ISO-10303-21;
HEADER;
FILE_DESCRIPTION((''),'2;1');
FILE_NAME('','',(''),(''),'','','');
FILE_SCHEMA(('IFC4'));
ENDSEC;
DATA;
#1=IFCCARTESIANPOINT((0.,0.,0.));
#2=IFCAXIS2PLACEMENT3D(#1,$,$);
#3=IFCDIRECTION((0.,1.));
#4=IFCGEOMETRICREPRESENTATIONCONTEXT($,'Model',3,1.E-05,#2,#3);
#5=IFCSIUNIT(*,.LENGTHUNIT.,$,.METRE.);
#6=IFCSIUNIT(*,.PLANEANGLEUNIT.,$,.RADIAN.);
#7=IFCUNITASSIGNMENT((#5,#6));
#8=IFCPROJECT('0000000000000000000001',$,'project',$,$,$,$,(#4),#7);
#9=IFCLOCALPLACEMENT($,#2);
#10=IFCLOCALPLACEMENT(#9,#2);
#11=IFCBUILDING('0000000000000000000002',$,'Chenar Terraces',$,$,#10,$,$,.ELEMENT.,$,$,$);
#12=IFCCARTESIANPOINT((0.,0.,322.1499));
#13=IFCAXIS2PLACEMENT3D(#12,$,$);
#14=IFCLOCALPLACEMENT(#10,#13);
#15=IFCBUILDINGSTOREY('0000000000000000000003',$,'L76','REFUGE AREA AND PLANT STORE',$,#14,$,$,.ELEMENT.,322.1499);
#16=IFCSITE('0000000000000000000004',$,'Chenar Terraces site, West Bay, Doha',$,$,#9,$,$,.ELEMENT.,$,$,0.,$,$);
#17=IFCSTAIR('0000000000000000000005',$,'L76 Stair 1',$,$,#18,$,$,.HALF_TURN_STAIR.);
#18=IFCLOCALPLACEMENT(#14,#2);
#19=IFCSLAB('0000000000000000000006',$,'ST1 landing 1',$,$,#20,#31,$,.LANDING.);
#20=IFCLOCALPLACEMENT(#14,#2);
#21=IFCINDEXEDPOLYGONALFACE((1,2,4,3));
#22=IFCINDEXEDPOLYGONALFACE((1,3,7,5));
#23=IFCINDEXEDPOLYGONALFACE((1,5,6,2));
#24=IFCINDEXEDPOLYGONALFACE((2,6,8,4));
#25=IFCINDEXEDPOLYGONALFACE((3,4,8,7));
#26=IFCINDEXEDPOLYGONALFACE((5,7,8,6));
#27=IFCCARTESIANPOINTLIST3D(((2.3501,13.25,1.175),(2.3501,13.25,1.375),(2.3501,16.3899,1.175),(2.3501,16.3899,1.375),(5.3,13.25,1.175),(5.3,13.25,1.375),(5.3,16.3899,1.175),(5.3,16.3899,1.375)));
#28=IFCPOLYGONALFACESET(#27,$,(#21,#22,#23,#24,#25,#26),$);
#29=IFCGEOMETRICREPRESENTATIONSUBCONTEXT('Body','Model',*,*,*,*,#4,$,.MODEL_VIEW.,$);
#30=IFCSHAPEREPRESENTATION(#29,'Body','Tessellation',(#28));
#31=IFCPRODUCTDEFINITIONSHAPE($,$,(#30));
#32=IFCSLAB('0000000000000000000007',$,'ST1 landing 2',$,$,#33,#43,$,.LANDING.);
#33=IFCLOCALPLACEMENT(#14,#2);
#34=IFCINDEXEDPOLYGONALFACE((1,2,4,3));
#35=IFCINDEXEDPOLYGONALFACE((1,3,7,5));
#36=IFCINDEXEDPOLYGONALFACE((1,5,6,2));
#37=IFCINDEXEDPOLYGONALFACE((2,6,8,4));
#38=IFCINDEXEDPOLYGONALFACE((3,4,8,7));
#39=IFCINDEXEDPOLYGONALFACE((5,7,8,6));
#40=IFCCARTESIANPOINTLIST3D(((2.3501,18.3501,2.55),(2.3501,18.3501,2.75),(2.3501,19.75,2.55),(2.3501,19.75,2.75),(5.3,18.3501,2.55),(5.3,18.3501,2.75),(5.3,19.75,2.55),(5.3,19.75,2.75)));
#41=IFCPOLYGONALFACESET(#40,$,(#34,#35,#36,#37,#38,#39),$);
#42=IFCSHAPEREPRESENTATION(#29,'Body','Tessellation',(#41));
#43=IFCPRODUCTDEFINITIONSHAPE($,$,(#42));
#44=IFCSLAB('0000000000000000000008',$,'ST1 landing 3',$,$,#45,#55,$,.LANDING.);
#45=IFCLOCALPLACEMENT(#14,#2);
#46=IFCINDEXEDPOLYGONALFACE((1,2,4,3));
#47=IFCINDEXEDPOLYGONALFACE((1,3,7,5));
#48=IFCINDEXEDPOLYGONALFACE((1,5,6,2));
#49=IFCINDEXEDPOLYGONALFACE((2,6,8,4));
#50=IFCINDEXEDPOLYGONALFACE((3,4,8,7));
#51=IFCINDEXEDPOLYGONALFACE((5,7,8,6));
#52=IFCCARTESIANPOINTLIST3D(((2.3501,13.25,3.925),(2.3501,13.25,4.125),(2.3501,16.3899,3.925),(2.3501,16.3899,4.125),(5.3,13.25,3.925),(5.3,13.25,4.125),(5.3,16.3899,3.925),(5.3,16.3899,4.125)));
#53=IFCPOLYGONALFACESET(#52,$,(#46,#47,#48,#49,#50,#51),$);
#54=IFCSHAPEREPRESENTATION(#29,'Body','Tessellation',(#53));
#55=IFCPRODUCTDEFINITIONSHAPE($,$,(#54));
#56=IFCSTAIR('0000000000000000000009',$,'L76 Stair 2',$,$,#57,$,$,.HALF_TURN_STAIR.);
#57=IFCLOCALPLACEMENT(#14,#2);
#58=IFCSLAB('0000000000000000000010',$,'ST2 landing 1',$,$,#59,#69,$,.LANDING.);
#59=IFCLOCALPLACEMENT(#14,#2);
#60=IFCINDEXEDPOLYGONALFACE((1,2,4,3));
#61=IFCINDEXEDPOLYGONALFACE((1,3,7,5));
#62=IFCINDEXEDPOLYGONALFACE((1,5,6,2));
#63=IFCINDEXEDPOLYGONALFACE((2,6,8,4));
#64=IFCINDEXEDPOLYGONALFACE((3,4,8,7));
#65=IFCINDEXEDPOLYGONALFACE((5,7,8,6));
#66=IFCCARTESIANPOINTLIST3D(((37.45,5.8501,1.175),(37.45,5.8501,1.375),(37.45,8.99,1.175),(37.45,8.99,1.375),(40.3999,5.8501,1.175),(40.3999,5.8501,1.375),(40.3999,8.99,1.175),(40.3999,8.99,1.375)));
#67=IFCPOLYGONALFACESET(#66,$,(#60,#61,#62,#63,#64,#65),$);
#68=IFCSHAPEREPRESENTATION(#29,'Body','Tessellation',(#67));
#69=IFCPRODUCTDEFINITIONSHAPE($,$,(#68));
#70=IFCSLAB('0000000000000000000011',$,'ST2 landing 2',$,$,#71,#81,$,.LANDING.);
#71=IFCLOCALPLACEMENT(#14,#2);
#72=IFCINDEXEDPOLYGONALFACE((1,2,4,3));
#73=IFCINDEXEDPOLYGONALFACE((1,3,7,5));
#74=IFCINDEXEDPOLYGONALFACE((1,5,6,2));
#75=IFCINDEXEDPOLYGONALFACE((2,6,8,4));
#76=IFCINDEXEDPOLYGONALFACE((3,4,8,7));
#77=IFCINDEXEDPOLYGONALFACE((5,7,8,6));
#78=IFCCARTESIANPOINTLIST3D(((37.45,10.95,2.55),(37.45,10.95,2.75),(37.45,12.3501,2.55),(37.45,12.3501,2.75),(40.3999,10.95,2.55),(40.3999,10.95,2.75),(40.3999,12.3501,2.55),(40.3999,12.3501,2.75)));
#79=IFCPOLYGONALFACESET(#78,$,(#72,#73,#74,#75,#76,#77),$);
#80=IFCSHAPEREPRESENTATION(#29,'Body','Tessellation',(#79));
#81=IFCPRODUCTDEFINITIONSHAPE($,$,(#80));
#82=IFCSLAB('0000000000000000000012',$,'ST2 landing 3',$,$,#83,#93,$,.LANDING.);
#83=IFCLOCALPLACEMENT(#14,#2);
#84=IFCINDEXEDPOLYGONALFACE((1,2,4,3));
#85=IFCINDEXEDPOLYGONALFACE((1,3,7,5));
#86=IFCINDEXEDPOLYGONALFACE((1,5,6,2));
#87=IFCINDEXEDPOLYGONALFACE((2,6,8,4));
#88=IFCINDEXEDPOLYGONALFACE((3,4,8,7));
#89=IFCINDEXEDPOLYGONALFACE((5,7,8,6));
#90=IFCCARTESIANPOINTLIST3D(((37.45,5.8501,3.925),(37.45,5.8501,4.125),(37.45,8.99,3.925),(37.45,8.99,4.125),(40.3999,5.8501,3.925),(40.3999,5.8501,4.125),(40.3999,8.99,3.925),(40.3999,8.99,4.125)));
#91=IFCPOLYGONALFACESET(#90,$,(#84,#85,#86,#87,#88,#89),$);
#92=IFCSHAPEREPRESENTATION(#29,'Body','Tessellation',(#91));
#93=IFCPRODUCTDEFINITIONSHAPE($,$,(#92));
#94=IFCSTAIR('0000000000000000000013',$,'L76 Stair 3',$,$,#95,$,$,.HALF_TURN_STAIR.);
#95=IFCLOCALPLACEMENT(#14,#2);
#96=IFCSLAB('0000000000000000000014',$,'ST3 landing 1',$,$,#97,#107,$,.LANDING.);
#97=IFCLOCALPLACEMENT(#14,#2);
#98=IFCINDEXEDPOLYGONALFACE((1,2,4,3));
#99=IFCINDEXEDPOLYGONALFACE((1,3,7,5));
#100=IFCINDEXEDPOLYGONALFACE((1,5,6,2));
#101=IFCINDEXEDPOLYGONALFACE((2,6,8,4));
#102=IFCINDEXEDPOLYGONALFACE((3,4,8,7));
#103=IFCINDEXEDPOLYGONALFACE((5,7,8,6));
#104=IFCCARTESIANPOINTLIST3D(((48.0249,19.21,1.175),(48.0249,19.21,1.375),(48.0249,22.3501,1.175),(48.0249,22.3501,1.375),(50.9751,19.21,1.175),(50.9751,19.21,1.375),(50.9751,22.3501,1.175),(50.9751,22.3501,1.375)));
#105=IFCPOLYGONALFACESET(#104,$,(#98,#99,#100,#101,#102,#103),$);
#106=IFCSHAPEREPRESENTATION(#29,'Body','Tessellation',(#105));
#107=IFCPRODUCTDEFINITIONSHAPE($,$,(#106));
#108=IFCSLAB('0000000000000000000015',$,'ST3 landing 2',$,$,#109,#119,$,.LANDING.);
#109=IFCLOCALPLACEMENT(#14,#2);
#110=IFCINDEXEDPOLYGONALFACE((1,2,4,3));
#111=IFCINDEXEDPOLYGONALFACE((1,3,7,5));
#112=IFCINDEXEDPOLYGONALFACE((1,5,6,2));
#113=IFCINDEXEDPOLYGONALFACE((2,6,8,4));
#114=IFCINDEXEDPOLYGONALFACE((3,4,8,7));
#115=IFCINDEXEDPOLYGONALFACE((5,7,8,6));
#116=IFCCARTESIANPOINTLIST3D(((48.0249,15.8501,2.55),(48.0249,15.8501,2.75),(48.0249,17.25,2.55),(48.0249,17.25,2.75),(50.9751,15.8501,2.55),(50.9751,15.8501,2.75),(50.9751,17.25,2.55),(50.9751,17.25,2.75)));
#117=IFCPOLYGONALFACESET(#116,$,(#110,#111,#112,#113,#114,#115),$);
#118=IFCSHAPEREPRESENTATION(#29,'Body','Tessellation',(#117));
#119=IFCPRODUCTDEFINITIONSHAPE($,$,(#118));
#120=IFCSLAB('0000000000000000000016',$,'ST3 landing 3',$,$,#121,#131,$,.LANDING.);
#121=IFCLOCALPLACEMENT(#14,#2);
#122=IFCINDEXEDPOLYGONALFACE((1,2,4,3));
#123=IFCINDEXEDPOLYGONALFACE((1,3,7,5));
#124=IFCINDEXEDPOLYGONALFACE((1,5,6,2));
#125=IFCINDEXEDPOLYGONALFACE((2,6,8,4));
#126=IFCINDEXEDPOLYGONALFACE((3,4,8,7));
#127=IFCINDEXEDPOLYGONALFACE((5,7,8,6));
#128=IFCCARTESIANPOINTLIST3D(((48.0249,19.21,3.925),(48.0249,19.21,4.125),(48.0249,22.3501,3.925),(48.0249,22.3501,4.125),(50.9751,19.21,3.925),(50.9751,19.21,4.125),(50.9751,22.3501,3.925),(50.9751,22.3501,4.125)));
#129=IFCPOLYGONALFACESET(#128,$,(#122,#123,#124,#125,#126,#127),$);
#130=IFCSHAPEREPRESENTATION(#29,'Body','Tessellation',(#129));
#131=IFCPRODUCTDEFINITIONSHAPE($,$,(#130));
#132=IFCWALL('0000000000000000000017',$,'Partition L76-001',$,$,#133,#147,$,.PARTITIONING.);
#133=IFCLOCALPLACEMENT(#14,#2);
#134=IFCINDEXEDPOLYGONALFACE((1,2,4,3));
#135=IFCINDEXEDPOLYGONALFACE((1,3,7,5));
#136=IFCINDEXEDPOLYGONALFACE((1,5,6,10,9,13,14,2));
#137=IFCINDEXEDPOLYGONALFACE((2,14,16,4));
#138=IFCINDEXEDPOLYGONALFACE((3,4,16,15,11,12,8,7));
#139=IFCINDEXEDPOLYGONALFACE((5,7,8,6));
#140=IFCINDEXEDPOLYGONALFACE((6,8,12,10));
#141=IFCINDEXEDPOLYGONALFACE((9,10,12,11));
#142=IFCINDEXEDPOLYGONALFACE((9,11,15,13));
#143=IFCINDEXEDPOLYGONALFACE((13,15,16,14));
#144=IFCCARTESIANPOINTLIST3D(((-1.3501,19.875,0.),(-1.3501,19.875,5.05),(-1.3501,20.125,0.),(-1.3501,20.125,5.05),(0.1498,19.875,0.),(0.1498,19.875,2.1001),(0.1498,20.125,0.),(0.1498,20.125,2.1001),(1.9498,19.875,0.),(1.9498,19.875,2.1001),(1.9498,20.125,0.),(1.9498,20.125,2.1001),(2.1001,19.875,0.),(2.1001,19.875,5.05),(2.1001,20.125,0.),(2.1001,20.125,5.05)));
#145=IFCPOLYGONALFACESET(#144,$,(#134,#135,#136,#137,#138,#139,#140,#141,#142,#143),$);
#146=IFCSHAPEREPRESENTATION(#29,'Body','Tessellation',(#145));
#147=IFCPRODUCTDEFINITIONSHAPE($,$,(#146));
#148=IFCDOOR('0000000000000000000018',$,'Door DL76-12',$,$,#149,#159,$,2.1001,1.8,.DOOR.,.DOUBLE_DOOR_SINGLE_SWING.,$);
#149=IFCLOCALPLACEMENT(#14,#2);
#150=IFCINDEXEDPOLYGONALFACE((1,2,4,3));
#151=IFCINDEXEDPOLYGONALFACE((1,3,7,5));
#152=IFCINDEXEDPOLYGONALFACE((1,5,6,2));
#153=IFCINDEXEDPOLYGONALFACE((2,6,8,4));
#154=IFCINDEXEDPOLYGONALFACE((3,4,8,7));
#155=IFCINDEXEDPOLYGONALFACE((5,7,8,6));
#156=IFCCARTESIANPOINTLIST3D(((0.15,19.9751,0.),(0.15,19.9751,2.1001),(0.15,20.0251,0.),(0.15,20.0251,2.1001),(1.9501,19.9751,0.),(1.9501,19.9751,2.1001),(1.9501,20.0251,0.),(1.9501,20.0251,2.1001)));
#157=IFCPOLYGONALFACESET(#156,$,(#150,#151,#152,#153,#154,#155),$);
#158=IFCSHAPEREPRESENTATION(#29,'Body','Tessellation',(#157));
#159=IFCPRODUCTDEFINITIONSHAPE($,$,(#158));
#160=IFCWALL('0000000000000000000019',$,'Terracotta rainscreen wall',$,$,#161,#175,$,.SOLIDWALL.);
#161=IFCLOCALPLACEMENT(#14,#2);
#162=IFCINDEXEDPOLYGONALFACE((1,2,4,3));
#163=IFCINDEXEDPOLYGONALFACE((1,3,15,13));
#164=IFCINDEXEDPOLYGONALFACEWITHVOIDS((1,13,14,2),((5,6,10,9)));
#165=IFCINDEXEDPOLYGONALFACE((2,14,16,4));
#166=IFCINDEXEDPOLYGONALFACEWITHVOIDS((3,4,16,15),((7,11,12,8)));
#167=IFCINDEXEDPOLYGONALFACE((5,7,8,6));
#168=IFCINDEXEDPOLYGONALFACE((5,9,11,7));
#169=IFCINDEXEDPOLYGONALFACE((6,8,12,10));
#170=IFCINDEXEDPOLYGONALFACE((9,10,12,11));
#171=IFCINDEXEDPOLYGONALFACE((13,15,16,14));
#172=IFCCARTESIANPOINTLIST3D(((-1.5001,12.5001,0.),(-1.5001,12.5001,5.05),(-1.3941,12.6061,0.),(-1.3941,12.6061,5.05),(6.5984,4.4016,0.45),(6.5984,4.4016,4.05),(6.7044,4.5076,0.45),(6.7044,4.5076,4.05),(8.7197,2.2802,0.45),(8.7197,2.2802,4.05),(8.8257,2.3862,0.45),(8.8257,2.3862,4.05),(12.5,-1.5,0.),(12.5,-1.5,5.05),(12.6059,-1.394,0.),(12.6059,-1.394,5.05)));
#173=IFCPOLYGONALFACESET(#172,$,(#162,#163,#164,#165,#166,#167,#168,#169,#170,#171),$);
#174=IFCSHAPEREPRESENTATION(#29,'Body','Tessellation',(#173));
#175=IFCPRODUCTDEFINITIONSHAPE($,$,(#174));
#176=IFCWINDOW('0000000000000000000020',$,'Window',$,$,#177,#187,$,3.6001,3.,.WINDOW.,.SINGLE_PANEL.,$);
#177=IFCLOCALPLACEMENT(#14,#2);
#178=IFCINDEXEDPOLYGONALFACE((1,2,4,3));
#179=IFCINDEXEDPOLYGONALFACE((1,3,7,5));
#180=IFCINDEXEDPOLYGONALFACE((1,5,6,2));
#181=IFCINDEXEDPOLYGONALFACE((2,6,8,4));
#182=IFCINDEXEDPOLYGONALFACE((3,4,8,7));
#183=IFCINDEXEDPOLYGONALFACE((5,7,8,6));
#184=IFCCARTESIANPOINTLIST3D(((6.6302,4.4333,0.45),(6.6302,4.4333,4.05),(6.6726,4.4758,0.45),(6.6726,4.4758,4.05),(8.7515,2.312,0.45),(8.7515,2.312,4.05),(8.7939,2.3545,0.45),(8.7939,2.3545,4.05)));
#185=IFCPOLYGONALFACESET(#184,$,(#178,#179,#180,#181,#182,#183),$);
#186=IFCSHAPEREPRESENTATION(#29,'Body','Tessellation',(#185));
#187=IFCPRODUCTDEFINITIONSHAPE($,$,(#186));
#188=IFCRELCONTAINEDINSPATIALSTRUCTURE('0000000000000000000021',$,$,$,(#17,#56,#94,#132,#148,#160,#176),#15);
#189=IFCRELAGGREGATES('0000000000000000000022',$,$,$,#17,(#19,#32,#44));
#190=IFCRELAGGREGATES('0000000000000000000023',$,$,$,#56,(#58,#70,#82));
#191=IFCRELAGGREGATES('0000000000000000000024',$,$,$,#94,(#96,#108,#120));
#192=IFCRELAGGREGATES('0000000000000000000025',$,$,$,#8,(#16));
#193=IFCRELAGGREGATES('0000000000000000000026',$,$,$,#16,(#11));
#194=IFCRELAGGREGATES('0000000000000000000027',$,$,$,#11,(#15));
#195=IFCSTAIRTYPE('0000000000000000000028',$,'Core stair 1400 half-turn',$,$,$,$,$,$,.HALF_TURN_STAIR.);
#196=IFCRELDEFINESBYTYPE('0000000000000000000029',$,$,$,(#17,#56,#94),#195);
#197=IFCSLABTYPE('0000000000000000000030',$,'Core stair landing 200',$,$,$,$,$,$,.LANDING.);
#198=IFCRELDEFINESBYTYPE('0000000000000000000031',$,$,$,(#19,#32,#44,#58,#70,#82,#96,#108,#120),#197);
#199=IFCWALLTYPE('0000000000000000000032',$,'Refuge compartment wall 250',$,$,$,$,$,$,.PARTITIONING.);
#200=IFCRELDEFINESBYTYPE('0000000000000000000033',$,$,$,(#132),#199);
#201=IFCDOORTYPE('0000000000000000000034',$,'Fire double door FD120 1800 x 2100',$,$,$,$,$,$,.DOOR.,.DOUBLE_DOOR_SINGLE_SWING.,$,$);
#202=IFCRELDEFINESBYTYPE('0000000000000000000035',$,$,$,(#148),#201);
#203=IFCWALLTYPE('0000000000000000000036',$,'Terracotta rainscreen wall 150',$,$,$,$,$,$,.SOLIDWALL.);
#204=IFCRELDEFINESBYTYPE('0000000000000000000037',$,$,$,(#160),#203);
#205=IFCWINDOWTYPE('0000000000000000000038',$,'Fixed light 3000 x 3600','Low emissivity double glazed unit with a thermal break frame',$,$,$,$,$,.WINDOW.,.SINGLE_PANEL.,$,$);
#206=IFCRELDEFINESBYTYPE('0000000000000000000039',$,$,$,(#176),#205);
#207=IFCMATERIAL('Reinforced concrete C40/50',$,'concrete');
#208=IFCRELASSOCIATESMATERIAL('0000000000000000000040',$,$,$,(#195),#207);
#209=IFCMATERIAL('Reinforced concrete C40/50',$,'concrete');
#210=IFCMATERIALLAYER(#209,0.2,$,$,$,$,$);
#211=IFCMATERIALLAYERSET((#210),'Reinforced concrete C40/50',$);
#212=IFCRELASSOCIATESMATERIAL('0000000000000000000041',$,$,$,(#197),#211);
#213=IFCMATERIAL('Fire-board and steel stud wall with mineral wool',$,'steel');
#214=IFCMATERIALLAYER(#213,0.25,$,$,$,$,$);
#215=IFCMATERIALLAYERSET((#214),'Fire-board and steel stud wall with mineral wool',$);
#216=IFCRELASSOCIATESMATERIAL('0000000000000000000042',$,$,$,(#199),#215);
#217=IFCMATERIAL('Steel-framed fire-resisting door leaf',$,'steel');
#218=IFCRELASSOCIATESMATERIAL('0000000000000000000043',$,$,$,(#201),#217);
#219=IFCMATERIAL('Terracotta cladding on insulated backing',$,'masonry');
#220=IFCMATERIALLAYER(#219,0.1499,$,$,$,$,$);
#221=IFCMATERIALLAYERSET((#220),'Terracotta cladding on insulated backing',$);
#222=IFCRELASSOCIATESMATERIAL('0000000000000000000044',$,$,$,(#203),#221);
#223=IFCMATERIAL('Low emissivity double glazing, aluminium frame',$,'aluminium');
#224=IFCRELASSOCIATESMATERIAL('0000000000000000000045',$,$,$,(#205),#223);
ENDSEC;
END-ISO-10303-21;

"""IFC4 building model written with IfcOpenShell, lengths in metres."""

from ifc_helpers import new_model, si_unit, direction, frame, frame_2d, origin, place, context, subcontext, project, spatial, polyline, rectangle, outline, extrude, material, layer, layer_set, type_object, element, fill, aggregate, save


model = new_model("IFC4")

# Units and contexts
model_context = context("Model", 3, precision=1e-05, world=origin(), true_north=direction((0.0, 1.0)))
body_context = subcontext(model_context, "Body", "Model", "MODEL_VIEW")
ifc_project = project(units=[si_unit("LENGTHUNIT", "METRE"), si_unit("PLANEANGLEUNIT", "RADIAN")], contexts=[model_context])

# Site, building, storey
site_placement = place(None, origin())
site = spatial("IfcSite", under=ifc_project, at=site_placement, Name="Chenar Terraces site, West Bay, Doha", CompositionType="ELEMENT", RefElevation=0.0)
building_placement = place(site_placement, origin())
building = spatial("IfcBuilding", under=site, at=building_placement, Name="Chenar Terraces", CompositionType="ELEMENT")
storey_placement = place(building_placement, frame((0.0, 0.0, 322.1499)))
storey = spatial("IfcBuildingStorey", under=building, at=storey_placement, Name="L76", Description="REFUGE AREA AND PLANT STORE", CompositionType="ELEMENT", Elevation=322.1499)

# Stairs, slabs
ifc_material_1 = material(Name="Reinforced concrete C40/50", Category="concrete")
stair_type = type_object("IfcStairType", Name="Core stair 1400 half-turn", PredefinedType="HALF_TURN_STAIR", material=ifc_material_1)
placement_1 = place(storey_placement, origin())
stair_1 = element("IfcStair", 1, at=placement_1, inside=storey, type_object=stair_type, Name="L76 Stair 1", PredefinedType="HALF_TURN_STAIR")
ifc_material_2 = material(Name="Reinforced concrete C40/50", Category="concrete")
ifc_layer_1 = layer(ifc_material_2, 0.2)
ifc_layer_set_1 = layer_set([ifc_layer_1], Name="Reinforced concrete C40/50")
slab_type = type_object("IfcSlabType", Name="Core stair landing 200", PredefinedType="LANDING", material=ifc_layer_set_1)
placement_2 = place(storey_placement, frame((0.0, 0.0, 1.175)))
slab_1 = element("IfcSlab", 2, at=placement_2, type_object=slab_type, Name="ST1 landing 1", PredefinedType="LANDING", context=body_context, shape_type="SweptSolid", body=[
    extrude(outline(polyline([(2.3501, 16.3899), (2.3501, 13.25), (5.3, 13.25), (5.3, 16.3899), (2.3501, 16.3899)])), origin(), (0.0, 0.0, 1.0), 0.2),
])
placement_3 = place(storey_placement, frame((0.0, 0.0, 2.55)))
slab_2 = element("IfcSlab", 3, at=placement_3, type_object=slab_type, Name="ST1 landing 2", PredefinedType="LANDING", context=body_context, shape_type="SweptSolid", body=[
    extrude(outline(polyline([(2.3501, 19.75), (2.3501, 18.3501), (5.3, 18.3501), (5.3, 19.75), (2.3501, 19.75)])), origin(), (0.0, 0.0, 1.0), 0.2),
])
placement_4 = place(storey_placement, frame((0.0, 0.0, 3.925)))
slab_3 = element("IfcSlab", 4, at=placement_4, type_object=slab_type, Name="ST1 landing 3", PredefinedType="LANDING", context=body_context, shape_type="SweptSolid", body=[
    extrude(outline(polyline([(2.3501, 16.3899), (2.3501, 13.25), (5.3, 13.25), (5.3, 16.3899), (2.3501, 16.3899)])), origin(), (0.0, 0.0, 1.0), 0.2),
])
aggregate(stair_1, [slab_1, slab_2, slab_3])
stair_2 = element("IfcStair", 5, at=placement_1, inside=storey, type_object=stair_type, Name="L76 Stair 2", PredefinedType="HALF_TURN_STAIR")
slab_4 = element("IfcSlab", 6, at=placement_2, type_object=slab_type, Name="ST2 landing 1", PredefinedType="LANDING", context=body_context, shape_type="SweptSolid", body=[
    extrude(outline(polyline([(37.45, 8.99), (37.45, 5.8501), (40.3999, 5.8501), (40.3999, 8.99), (37.45, 8.99)])), origin(), (0.0, 0.0, 1.0), 0.2),
])
slab_5 = element("IfcSlab", 7, at=placement_3, type_object=slab_type, Name="ST2 landing 2", PredefinedType="LANDING", context=body_context, shape_type="SweptSolid", body=[
    extrude(outline(polyline([(37.45, 12.3501), (37.45, 10.95), (40.3999, 10.95), (40.3999, 12.3501), (37.45, 12.3501)])), origin(), (0.0, 0.0, 1.0), 0.2),
])
slab_6 = element("IfcSlab", 8, at=placement_4, type_object=slab_type, Name="ST2 landing 3", PredefinedType="LANDING", context=body_context, shape_type="SweptSolid", body=[
    extrude(outline(polyline([(37.45, 8.99), (37.45, 5.8501), (40.3999, 5.8501), (40.3999, 8.99), (37.45, 8.99)])), origin(), (0.0, 0.0, 1.0), 0.2),
])
aggregate(stair_2, [slab_4, slab_5, slab_6])
stair_3 = element("IfcStair", 9, at=placement_1, inside=storey, type_object=stair_type, Name="L76 Stair 3", PredefinedType="HALF_TURN_STAIR")
slab_7 = element("IfcSlab", 10, at=placement_2, type_object=slab_type, Name="ST3 landing 1", PredefinedType="LANDING", context=body_context, shape_type="SweptSolid", body=[
    extrude(outline(polyline([(50.9751, 19.21), (50.9751, 22.3501), (48.0249, 22.3501), (48.0249, 19.21), (50.9751, 19.21)])), origin(), (0.0, 0.0, 1.0), 0.2),
])
slab_8 = element("IfcSlab", 11, at=placement_3, type_object=slab_type, Name="ST3 landing 2", PredefinedType="LANDING", context=body_context, shape_type="SweptSolid", body=[
    extrude(outline(polyline([(50.9751, 15.8501), (50.9751, 17.25), (48.0249, 17.25), (48.0249, 15.8501), (50.9751, 15.8501)])), origin(), (0.0, 0.0, 1.0), 0.2),
])
slab_9 = element("IfcSlab", 12, at=placement_4, type_object=slab_type, Name="ST3 landing 3", PredefinedType="LANDING", context=body_context, shape_type="SweptSolid", body=[
    extrude(outline(polyline([(50.9751, 19.21), (50.9751, 22.3501), (48.0249, 22.3501), (48.0249, 19.21), (50.9751, 19.21)])), origin(), (0.0, 0.0, 1.0), 0.2),
])
aggregate(stair_3, [slab_7, slab_8, slab_9])

# Wall, opening, door
ifc_material_3 = material(Name="Fire-board and steel stud wall with mineral wool", Category="steel")
ifc_layer_2 = layer(ifc_material_3, 0.25)
ifc_layer_set_2 = layer_set([ifc_layer_2], Name="Fire-board and steel stud wall with mineral wool")
wall_type_1 = type_object("IfcWallType", Name="Refuge compartment wall 250", PredefinedType="PARTITIONING", material=ifc_layer_set_2)
wall_1_placement = place(storey_placement, frame((-1.3501, 20.0, 0.0), z_axis=(0.0, 0.0, 1.0), x_axis=(1.0, 0.0, 0.0)))
wall_1 = element("IfcWall", 13, at=wall_1_placement, inside=storey, type_object=wall_type_1, Name="Partition L76-001", PredefinedType="PARTITIONING", context=body_context, shape_type="SweptSolid", body=[
    extrude(rectangle(XDim=3.4502, YDim=0.25, at=frame_2d((1.7251, 0.0))), origin(), (0.0, 0.0, 1.0), 5.05),
])
opening_1_placement = place(wall_1_placement, frame((1.5, 0.0, 0.0)))
opening_1 = element("IfcOpeningElement", 14, at=opening_1_placement, cuts=wall_1, PredefinedType="OPENING", context=body_context, shape_type="SweptSolid", body=[
    extrude(rectangle(XDim=1.8, YDim=2.1001, at=frame_2d((0.8999, 1.05))), frame((0.0, 0.135, 0.0), z_axis=(0.0, -1.0, 0.0), x_axis=(1.0, 0.0, 0.0)), (0.0, 0.0, 1.0), 0.27),
])
ifc_material_4 = material(Name="Steel-framed fire-resisting door leaf", Category="steel")
door_type = type_object("IfcDoorType", Name="Fire double door FD120 1800 x 2100", OperationType="DOUBLE_DOOR_SINGLE_SWING", PredefinedType="DOOR", material=ifc_material_4)
door_placement = place(opening_1_placement, frame((1.8, 0.0, 0.0), z_axis=(0.0, 0.0, 1.0), x_axis=(-1.0, 0.0, 0.0)))
door = element("IfcDoor", 15, at=door_placement, inside=storey, type_object=door_type, Name="Door DL76-12", OperationType="DOUBLE_DOOR_SINGLE_SWING", OverallHeight=2.1001, OverallWidth=1.8, PredefinedType="DOOR", context=body_context, shape_type="SweptSolid", body=[
    extrude(rectangle(XDim=1.8, YDim=2.1001, at=frame_2d((0.8999, 1.05))), frame((0.0, 0.0249, 0.0), z_axis=(0.0, -1.0, 0.0), x_axis=(1.0, 0.0, 0.0)), (0.0, 0.0, 1.0), 0.05),
])
fill(opening_1, door)

# Wall, opening, window
ifc_material_5 = material(Name="Terracotta cladding on insulated backing", Category="masonry")
ifc_layer_3 = layer(ifc_material_5, 0.1499)
ifc_layer_set_3 = layer_set([ifc_layer_3], Name="Terracotta cladding on insulated backing")
wall_type_2 = type_object("IfcWallType", Name="Terracotta rainscreen wall 150", PredefinedType="SOLIDWALL", material=ifc_layer_set_3)
wall_2_placement = place(storey_placement, frame((-1.447, 12.553, 0.0), z_axis=(0.0, 0.0, 1.0), x_axis=(0.707107, -0.707107, 0.0)))
wall_2 = element("IfcWall", 16, at=wall_2_placement, inside=storey, type_object=wall_type_2, Name="Terracotta rainscreen wall", PredefinedType="SOLIDWALL", context=body_context, shape_type="SweptSolid", body=[
    extrude(rectangle(XDim=19.7991, YDim=0.1499, at=frame_2d((9.8994, 0.0))), origin(), (0.0, 0.0, 1.0), 5.05),
])
opening_2_placement = place(wall_2_placement, frame((11.4529, 0.0, 0.45)))
opening_2 = element("IfcOpeningElement", 17, at=opening_2_placement, cuts=wall_2, PredefinedType="OPENING", context=body_context, shape_type="SweptSolid", body=[
    extrude(rectangle(XDim=3.0, YDim=3.6001, at=frame_2d((1.5, 1.8))), frame((0.0, 0.085, 0.0), z_axis=(0.0, -1.0, 0.0), x_axis=(1.0, 0.0, 0.0)), (0.0, 0.0, 1.0), 0.1699),
])
ifc_material_6 = material(Name="Low emissivity double glazing, aluminium frame", Category="aluminium")
window_type = type_object("IfcWindowType", Name="Fixed light 3000 x 3600", Description="Low emissivity double glazed unit with a thermal break frame", PartitioningType="SINGLE_PANEL", PredefinedType="WINDOW", material=ifc_material_6)
window_placement = place(opening_2_placement, origin())
window = element("IfcWindow", 18, at=window_placement, inside=storey, type_object=window_type, Name="Window", OverallHeight=3.6001, OverallWidth=3.0, PartitioningType="SINGLE_PANEL", PredefinedType="WINDOW", context=body_context, shape_type="SweptSolid", body=[
    extrude(rectangle(XDim=3.0, YDim=3.6001, at=frame_2d((1.5, 1.8))), frame((0.0, 0.03, 0.0), z_axis=(0.0, -1.0, 0.0), x_axis=(1.0, 0.0, 0.0)), (0.0, 0.0, 1.0), 0.0601),
])
fill(opening_2, window)

save(model, "model.ifc")
